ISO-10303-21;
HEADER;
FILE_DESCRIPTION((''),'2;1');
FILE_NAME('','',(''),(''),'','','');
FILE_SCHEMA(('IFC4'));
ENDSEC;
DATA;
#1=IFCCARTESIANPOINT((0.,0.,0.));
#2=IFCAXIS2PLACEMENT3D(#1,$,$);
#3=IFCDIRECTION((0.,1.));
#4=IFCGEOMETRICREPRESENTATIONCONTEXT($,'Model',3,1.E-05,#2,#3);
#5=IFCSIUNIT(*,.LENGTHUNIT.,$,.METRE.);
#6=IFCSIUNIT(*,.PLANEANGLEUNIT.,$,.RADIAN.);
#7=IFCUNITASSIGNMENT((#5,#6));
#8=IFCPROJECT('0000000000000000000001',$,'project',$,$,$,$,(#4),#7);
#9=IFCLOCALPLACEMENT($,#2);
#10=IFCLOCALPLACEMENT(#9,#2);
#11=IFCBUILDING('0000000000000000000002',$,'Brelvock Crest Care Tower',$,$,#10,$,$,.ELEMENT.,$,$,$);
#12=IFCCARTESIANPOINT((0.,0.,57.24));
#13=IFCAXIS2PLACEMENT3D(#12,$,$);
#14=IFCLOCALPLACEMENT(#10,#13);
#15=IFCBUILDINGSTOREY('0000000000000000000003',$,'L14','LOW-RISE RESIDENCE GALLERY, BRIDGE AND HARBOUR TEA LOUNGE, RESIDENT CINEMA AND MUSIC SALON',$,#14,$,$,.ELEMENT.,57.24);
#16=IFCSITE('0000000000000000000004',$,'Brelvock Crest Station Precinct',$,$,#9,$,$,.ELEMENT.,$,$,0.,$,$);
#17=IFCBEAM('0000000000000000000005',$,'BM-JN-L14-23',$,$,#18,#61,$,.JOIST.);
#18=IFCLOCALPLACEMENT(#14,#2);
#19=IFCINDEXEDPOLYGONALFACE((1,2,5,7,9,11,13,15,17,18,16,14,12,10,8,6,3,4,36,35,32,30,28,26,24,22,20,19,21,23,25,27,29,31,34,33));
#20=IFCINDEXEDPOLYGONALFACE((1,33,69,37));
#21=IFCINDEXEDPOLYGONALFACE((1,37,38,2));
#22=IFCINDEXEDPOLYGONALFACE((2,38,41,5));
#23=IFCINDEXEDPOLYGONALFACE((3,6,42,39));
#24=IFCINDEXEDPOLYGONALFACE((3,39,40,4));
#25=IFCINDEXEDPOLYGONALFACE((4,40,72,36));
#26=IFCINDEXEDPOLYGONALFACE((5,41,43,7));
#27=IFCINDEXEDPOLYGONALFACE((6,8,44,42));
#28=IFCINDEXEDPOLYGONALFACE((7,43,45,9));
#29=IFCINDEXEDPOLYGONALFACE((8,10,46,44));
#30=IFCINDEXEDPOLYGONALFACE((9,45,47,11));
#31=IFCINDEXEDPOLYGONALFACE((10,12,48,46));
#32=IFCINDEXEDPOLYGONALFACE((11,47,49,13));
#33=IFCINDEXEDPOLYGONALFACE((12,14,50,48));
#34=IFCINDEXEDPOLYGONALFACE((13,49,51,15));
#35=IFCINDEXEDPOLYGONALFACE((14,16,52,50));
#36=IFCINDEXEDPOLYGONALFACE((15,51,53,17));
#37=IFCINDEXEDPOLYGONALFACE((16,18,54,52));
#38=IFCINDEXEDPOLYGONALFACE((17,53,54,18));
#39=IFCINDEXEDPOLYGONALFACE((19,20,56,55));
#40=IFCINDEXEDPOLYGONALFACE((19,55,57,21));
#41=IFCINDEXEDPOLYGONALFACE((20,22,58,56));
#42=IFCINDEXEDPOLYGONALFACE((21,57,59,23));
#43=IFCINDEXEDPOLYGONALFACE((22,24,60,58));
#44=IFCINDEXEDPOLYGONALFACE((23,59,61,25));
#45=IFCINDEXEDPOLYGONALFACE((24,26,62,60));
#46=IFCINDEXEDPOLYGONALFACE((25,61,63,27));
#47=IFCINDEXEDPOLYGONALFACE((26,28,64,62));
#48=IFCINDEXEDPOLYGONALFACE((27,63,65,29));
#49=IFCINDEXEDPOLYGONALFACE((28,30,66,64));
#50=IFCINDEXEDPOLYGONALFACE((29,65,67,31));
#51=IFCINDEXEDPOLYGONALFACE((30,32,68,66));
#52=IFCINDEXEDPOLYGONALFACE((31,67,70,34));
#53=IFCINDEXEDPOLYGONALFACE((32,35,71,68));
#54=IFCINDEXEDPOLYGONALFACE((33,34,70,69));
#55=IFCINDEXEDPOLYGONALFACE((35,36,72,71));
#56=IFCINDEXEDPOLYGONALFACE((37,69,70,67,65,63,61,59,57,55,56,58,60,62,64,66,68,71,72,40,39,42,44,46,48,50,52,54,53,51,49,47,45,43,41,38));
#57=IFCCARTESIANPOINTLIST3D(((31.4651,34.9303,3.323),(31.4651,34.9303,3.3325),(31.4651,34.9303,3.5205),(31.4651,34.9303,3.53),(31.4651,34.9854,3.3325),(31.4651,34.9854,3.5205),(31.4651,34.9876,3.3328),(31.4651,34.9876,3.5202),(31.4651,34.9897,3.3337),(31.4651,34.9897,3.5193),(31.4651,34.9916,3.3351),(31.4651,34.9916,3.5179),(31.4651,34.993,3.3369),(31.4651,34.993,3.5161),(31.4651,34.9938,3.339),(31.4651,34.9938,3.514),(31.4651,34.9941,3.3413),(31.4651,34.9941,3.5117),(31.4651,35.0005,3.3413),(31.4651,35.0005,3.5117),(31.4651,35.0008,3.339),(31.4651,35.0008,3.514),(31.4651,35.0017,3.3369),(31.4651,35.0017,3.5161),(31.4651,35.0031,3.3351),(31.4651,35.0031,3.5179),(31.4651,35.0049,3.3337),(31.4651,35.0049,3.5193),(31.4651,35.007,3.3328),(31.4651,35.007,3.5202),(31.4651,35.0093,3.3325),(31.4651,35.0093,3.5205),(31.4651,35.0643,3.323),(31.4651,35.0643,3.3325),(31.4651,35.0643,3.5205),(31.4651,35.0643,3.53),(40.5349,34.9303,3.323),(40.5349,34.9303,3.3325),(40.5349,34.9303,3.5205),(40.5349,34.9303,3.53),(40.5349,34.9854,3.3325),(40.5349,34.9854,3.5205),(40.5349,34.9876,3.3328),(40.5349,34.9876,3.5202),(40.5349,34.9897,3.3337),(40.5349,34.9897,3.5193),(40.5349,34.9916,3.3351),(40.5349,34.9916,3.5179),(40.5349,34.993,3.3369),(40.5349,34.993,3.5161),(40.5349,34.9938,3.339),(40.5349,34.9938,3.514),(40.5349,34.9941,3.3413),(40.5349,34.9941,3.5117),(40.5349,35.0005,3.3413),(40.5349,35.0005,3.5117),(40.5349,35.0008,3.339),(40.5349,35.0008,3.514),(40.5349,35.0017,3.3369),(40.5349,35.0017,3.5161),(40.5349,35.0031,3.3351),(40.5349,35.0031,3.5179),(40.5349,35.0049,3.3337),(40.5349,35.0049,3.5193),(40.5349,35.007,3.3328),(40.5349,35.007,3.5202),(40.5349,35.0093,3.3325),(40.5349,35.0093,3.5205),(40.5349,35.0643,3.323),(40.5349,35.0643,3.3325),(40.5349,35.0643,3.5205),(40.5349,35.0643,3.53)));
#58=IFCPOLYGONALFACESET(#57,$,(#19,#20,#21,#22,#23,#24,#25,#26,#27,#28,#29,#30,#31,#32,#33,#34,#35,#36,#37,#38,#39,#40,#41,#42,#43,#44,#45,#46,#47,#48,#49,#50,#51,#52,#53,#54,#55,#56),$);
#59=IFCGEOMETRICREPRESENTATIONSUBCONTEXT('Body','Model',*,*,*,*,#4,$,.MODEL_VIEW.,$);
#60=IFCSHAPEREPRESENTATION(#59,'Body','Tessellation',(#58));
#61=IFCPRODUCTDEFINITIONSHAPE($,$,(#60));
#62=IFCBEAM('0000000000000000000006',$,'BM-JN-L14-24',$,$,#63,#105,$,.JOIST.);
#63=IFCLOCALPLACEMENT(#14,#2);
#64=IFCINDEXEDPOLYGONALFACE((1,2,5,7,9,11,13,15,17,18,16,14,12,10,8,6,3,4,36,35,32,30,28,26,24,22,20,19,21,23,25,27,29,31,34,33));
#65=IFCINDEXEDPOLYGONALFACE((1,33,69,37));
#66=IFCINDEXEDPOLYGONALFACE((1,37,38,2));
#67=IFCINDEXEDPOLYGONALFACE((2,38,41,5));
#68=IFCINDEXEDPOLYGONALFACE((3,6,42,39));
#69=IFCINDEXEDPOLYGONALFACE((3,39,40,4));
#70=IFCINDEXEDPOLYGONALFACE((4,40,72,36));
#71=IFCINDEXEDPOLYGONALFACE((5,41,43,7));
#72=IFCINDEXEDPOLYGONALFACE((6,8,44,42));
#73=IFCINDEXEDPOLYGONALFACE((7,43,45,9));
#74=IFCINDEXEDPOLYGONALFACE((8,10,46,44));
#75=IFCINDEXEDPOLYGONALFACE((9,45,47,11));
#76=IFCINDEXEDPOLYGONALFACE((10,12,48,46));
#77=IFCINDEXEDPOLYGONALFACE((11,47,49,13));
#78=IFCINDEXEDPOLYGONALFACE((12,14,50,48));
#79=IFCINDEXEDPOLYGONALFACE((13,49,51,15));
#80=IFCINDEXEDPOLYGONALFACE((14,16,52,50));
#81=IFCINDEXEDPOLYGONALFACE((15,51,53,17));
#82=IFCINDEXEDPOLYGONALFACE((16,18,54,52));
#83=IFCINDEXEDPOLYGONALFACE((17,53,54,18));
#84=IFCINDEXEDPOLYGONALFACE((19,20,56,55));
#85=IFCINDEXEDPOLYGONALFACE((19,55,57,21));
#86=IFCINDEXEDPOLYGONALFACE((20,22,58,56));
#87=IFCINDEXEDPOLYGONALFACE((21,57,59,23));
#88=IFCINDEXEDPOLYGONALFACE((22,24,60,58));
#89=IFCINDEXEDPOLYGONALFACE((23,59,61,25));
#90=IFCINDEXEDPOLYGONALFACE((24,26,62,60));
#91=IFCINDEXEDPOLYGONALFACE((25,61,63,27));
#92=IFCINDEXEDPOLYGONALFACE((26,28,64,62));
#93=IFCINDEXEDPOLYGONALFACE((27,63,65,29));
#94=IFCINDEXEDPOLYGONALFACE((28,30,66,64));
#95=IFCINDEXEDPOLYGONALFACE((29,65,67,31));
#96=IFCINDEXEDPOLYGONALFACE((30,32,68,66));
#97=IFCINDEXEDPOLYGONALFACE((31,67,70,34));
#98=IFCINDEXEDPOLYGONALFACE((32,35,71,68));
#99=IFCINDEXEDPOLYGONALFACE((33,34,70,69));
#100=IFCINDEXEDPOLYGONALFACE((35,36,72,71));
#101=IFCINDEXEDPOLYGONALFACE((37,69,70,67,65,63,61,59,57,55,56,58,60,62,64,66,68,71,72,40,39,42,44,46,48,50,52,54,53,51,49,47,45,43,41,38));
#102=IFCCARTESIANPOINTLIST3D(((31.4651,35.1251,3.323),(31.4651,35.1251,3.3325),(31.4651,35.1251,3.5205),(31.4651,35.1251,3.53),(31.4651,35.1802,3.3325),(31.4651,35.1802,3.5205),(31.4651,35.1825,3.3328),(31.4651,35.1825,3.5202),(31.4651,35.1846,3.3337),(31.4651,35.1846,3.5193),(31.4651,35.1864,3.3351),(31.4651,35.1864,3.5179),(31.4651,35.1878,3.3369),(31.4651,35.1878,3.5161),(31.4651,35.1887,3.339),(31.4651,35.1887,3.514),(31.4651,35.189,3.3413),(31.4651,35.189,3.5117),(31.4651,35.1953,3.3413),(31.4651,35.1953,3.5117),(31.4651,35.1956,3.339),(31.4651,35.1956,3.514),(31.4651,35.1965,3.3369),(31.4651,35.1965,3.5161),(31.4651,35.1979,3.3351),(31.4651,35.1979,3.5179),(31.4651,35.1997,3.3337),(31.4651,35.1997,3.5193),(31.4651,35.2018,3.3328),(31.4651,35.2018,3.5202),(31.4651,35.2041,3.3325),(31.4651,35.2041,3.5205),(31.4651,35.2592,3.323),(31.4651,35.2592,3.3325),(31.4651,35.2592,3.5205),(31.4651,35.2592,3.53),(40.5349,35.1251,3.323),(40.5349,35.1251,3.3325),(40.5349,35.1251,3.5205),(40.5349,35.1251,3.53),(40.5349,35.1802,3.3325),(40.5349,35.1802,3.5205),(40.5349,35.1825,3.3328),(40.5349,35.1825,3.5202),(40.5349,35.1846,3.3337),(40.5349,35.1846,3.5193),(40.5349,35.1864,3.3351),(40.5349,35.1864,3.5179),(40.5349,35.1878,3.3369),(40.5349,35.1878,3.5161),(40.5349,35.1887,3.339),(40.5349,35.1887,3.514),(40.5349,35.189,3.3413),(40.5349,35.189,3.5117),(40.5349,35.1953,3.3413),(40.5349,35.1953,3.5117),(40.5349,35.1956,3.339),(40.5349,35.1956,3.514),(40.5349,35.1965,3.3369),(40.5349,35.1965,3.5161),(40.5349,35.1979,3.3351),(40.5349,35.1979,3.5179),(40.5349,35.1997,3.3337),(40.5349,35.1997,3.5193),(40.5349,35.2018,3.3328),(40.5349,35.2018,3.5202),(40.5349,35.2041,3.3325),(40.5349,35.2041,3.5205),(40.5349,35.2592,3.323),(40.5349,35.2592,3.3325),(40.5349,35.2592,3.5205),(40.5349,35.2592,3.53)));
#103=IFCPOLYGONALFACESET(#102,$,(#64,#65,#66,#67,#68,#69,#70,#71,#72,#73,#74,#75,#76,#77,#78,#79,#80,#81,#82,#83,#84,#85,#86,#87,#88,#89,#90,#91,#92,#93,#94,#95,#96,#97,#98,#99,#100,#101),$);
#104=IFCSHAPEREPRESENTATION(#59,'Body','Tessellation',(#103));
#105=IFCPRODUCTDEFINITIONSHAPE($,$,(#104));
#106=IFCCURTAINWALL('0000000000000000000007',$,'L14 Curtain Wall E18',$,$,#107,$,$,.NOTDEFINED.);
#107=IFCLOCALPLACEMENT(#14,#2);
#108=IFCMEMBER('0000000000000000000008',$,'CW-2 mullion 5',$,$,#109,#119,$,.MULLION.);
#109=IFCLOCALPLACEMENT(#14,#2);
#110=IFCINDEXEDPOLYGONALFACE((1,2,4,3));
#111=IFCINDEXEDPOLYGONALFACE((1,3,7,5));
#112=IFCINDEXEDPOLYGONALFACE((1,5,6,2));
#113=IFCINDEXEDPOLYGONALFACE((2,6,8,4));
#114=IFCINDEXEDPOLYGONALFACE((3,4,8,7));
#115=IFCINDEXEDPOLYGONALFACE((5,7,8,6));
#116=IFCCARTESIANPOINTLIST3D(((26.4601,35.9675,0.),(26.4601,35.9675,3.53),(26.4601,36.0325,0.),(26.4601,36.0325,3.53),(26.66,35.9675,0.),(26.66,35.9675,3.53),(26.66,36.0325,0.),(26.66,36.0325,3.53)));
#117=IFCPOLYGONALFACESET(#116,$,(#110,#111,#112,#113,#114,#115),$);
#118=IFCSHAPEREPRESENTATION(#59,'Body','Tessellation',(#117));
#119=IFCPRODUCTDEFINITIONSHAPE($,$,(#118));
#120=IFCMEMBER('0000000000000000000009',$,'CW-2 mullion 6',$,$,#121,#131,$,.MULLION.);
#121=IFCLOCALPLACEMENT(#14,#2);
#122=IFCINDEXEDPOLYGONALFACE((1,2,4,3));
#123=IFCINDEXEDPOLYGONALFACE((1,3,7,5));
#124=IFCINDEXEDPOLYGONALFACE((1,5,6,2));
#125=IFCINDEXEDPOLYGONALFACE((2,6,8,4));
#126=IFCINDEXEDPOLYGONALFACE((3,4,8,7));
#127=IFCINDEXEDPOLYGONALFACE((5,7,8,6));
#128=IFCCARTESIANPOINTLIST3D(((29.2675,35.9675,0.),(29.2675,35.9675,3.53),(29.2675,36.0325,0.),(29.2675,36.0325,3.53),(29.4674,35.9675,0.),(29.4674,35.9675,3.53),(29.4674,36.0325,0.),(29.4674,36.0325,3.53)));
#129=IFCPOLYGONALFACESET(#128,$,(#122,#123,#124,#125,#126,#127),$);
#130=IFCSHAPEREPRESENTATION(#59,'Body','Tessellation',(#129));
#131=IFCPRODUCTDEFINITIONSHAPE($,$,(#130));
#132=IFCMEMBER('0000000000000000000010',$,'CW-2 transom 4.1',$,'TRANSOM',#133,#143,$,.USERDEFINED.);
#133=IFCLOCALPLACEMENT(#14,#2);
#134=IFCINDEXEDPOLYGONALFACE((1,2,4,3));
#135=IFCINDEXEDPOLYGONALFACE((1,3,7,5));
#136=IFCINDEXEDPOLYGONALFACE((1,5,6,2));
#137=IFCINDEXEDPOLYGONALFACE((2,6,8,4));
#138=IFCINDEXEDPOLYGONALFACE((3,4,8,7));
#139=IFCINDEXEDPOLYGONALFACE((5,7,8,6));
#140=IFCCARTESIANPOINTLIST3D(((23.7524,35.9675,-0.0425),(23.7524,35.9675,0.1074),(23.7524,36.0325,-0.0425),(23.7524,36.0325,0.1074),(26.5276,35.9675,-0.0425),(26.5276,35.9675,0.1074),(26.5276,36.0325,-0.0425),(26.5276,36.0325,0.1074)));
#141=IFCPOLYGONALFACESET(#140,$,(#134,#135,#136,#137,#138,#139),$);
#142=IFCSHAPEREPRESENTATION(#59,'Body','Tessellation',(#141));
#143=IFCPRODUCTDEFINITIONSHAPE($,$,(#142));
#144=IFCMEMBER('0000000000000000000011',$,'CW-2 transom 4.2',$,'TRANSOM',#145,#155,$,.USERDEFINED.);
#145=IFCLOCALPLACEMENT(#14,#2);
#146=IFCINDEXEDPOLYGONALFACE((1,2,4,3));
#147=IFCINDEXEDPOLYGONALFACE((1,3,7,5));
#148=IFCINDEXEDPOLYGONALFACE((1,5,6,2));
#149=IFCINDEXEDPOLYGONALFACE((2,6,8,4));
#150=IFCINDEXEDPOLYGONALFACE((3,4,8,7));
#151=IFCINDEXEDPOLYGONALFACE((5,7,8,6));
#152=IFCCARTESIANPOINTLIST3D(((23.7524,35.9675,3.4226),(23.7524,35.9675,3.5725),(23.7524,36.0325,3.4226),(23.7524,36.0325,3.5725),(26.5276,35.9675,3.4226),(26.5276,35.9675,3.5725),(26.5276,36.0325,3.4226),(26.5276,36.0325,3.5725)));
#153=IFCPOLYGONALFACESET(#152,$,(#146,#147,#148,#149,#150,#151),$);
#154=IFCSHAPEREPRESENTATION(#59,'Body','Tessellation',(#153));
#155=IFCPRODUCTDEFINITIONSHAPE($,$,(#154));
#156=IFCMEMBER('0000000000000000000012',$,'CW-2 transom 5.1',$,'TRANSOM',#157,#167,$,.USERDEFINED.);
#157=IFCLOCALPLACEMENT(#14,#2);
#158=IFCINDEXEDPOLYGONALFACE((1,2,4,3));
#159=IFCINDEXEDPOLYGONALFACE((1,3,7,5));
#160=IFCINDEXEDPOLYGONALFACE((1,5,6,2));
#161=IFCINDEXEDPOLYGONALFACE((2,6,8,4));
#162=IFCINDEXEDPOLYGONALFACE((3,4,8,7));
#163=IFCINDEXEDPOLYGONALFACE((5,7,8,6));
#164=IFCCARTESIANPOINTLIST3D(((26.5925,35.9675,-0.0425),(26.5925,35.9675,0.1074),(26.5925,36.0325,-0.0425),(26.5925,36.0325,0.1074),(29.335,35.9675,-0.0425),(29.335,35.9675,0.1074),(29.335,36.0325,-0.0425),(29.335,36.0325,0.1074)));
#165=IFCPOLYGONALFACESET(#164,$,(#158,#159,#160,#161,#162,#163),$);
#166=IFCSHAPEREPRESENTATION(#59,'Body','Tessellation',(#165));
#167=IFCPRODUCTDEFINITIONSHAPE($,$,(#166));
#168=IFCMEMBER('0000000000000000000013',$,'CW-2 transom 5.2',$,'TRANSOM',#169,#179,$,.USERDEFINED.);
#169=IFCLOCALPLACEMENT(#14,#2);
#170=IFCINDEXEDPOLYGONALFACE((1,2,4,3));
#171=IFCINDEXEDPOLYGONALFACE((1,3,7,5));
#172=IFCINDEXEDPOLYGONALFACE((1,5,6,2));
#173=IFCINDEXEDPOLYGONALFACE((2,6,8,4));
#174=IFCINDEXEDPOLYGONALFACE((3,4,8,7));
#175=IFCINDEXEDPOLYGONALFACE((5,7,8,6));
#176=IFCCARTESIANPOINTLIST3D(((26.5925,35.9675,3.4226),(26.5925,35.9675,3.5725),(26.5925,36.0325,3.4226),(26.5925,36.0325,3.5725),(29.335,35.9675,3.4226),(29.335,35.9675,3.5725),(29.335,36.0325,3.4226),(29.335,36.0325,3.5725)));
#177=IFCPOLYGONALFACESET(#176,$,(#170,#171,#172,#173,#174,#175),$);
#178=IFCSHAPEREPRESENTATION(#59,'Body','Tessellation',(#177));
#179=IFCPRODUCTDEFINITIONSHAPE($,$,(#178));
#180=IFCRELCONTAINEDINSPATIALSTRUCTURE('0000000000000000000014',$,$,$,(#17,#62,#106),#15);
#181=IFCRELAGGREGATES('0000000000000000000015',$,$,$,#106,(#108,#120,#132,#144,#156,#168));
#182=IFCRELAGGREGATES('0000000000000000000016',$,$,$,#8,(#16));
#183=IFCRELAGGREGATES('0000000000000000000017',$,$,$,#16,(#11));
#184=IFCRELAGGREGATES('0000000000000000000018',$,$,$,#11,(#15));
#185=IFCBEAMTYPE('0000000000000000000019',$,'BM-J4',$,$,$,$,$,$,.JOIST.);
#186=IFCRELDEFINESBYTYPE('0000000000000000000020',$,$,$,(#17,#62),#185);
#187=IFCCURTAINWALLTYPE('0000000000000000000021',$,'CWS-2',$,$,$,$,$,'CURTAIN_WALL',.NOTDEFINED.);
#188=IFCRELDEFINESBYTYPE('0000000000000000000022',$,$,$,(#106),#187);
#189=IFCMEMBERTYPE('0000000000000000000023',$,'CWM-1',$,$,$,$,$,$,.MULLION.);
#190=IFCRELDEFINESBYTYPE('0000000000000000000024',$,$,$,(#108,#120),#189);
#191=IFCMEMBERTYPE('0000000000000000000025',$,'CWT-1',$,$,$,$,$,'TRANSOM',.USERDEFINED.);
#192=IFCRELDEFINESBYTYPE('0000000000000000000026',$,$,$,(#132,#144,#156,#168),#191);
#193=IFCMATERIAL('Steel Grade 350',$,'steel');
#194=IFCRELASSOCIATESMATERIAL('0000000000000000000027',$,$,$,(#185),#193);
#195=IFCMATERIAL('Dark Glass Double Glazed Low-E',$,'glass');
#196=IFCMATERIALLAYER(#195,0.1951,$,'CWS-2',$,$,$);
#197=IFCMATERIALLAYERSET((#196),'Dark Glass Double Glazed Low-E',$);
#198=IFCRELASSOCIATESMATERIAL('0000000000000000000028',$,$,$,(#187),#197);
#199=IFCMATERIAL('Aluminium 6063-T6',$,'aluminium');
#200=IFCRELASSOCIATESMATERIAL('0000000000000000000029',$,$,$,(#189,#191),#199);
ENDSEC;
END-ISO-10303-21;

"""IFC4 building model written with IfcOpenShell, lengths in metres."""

from ifc_helpers import new_model, si_unit, direction, frame, origin, origin_2d, place, context, subcontext, project, spatial, rectangle, i_section, extrude, source, transform, mapped, material, layer, layer_set, material_profile, profile_set, type_object, element, aggregate, save


model = new_model("IFC4")

# Units and contexts
model_context = context("Model", 3, precision=1e-05, world=origin(), true_north=direction((0.0, 1.0)))
body_context = subcontext(model_context, "Body", "Model", "MODEL_VIEW")
ifc_project = project(units=[si_unit("LENGTHUNIT", "METRE"), si_unit("PLANEANGLEUNIT", "RADIAN")], contexts=[model_context])

# Site, building, storey
site_placement = place(None, origin())
site = spatial("IfcSite", under=ifc_project, at=site_placement, Name="Brelvock Crest Station Precinct", CompositionType="ELEMENT", RefElevation=0.0)
building_placement = place(site_placement, origin())
building = spatial("IfcBuilding", under=site, at=building_placement, Name="Brelvock Crest Care Tower", CompositionType="ELEMENT")
storey_placement = place(building_placement, frame((0.0, 0.0, 57.24)))
storey = spatial("IfcBuildingStorey", under=building, at=storey_placement, Name="L14", Description="LOW-RISE RESIDENCE GALLERY, BRIDGE AND HARBOUR TEA LOUNGE, RESIDENT CINEMA AND MUSIC SALON", CompositionType="ELEMENT", Elevation=57.24)

# Shared definitions
ifc_material_1 = material(Name="Steel Grade 350", Category="steel")

# Beams
ifc_material_profile_1 = material_profile(ifc_material_1, i_section(OverallWidth=0.134, OverallDepth=0.207, WebThickness=0.0063, FlangeThickness=0.0095, FilletRadius=0.0088, at=origin_2d()), Name="200UB29.8")
ifc_profile_set_1 = profile_set([ifc_material_profile_1], Name="Steel Grade 350")
beam_type_1 = type_object("IfcBeamType", Name="BM-J4", PredefinedType="JOIST", material=ifc_profile_set_1)
shared_shape_1 = source(origin(), body_context, "Body", "SweptSolid", [
    extrude(i_section(OverallWidth=0.134, OverallDepth=0.207, WebThickness=0.0063, FlangeThickness=0.0095, FilletRadius=0.0088, at=origin_2d()), origin(), (0.0, 0.0, 1.0), 9.0698),
])
for number, where, z_axis, x_axis, name in (
    (1, (31.4651, 34.9973, 3.4265), (1.0, 0.0, 0.0), (0.0, 1.0, 0.0), "BM-JN-L14-23"),
    (2, (31.4651, 35.1921, 3.4265), (1.0, 0.0, 0.0), (0.0, 1.0, 0.0), "BM-JN-L14-24"),
):
    element("IfcBeam", number, at=place(storey_placement, frame(where, z_axis=z_axis, x_axis=x_axis)), inside=storey, type_object=beam_type_1, Name=name, PredefinedType="JOIST", context=body_context, shape_type="MappedRepresentation", body=[
        mapped(shared_shape_1, transform((0.0, 0.0, 0.0), x_axis=(1.0, 0.0, 0.0), y_axis=(0.0, 1.0, 0.0), z_axis=(0.0, 0.0, 1.0), scale=1.0)),
    ])

# Curtain wall, members
ifc_material_2 = material(Name="Dark Glass Double Glazed Low-E", Category="glass")
ifc_layer_1 = layer(ifc_material_2, 0.1951, Name="CWS-2")
ifc_layer_set_1 = layer_set([ifc_layer_1], Name="Dark Glass Double Glazed Low-E")
curtain_wall_type = type_object("IfcCurtainWallType", Name="CWS-2", ElementType="CURTAIN_WALL", PredefinedType="NOTDEFINED", material=ifc_layer_set_1)
curtain_wall_placement = place(storey_placement, origin())
curtain_wall = element("IfcCurtainWall", 3, at=curtain_wall_placement, inside=storey, type_object=curtain_wall_type, Name="L14 Curtain Wall E18", PredefinedType="NOTDEFINED")
ifc_material_3 = material(Name="Aluminium 6063-T6", Category="aluminium")
ifc_material_profile_2 = material_profile(ifc_material_3, rectangle(XDim=0.0649, YDim=0.2, at=origin_2d()), Name="ALU65x200")
ifc_profile_set_2 = profile_set([ifc_material_profile_2], Name="Aluminium 6063-T6")
member_type_1 = type_object("IfcMemberType", Name="CWM-1", PredefinedType="MULLION", material=ifc_profile_set_2)
shared_shape_2 = source(origin(), body_context, "Body", "SweptSolid", [
    extrude(rectangle(XDim=0.0649, YDim=0.2, at=origin_2d()), origin(), (0.0, 0.0, 1.0), 3.53),
])
member_1_placement = place(storey_placement, frame((26.5601, 36.0, 0.0), z_axis=(0.0, 0.0, 1.0), x_axis=(0.0, 1.0, 0.0)))
member_1 = element("IfcMember", 4, at=member_1_placement, type_object=member_type_1, Name="CW-2 mullion 5", PredefinedType="MULLION", context=body_context, shape_type="MappedRepresentation", body=[
    mapped(shared_shape_2, transform((0.0, 0.0, 0.0), x_axis=(1.0, 0.0, 0.0), y_axis=(0.0, 1.0, 0.0), z_axis=(0.0, 0.0, 1.0), scale=1.0)),
])
member_2_placement = place(storey_placement, frame((29.3674, 36.0, 0.0), z_axis=(0.0, 0.0, 1.0), x_axis=(0.0, 1.0, 0.0)))
member_2 = element("IfcMember", 5, at=member_2_placement, type_object=member_type_1, Name="CW-2 mullion 6", PredefinedType="MULLION", context=body_context, shape_type="MappedRepresentation", body=[
    mapped(shared_shape_2, transform((0.0, 0.0, 0.0), x_axis=(1.0, 0.0, 0.0), y_axis=(0.0, 1.0, 0.0), z_axis=(0.0, 0.0, 1.0), scale=1.0)),
])
ifc_material_profile_3 = material_profile(ifc_material_3, rectangle(XDim=0.0649, YDim=0.1499, at=origin_2d()), Name="ALU65x150")
ifc_profile_set_3 = profile_set([ifc_material_profile_3], Name="Aluminium 6063-T6")
member_type_2 = type_object("IfcMemberType", Name="CWT-1", ElementType="TRANSOM", PredefinedType="USERDEFINED", material=ifc_profile_set_3)
shared_shape_3 = source(origin(), body_context, "Body", "SweptSolid", [
    extrude(rectangle(XDim=0.0649, YDim=0.1499, at=origin_2d()), origin(), (0.0, 0.0, 1.0), 2.7751),
])
member_3_placement = place(storey_placement, frame((23.7524, 36.0, 0.0325), z_axis=(1.0, 0.0, 0.0), x_axis=(0.0, 1.0, 0.0)))
member_3 = element("IfcMember", 6, at=member_3_placement, type_object=member_type_2, Name="CW-2 transom 4.1", ObjectType="TRANSOM", PredefinedType="USERDEFINED", context=body_context, shape_type="MappedRepresentation", body=[
    mapped(shared_shape_3, transform((0.0, 0.0, 0.0), x_axis=(1.0, 0.0, 0.0), y_axis=(0.0, 1.0, 0.0), z_axis=(0.0, 0.0, 1.0), scale=1.0)),
])
member_4_placement = place(storey_placement, frame((23.7524, 36.0, 3.4976), z_axis=(1.0, 0.0, 0.0), x_axis=(0.0, 1.0, 0.0)))
member_4 = element("IfcMember", 7, at=member_4_placement, type_object=member_type_2, Name="CW-2 transom 4.2", ObjectType="TRANSOM", PredefinedType="USERDEFINED", context=body_context, shape_type="MappedRepresentation", body=[
    mapped(shared_shape_3, transform((0.0, 0.0, 0.0), x_axis=(1.0, 0.0, 0.0), y_axis=(0.0, 1.0, 0.0), z_axis=(0.0, 0.0, 1.0), scale=1.0)),
])
shared_shape_4 = source(origin(), body_context, "Body", "SweptSolid", [
    extrude(rectangle(XDim=0.0649, YDim=0.1499, at=origin_2d()), origin(), (0.0, 0.0, 1.0), 2.7424),
])
member_5_placement = place(storey_placement, frame((26.5925, 36.0, 0.0325), z_axis=(1.0, 0.0, 0.0), x_axis=(0.0, 1.0, 0.0)))
member_5 = element("IfcMember", 8, at=member_5_placement, type_object=member_type_2, Name="CW-2 transom 5.1", ObjectType="TRANSOM", PredefinedType="USERDEFINED", context=body_context, shape_type="MappedRepresentation", body=[
    mapped(shared_shape_4, transform((0.0, 0.0, 0.0), x_axis=(1.0, 0.0, 0.0), y_axis=(0.0, 1.0, 0.0), z_axis=(0.0, 0.0, 1.0), scale=1.0)),
])
member_6_placement = place(storey_placement, frame((26.5925, 36.0, 3.4976), z_axis=(1.0, 0.0, 0.0), x_axis=(0.0, 1.0, 0.0)))
member_6 = element("IfcMember", 9, at=member_6_placement, type_object=member_type_2, Name="CW-2 transom 5.2", ObjectType="TRANSOM", PredefinedType="USERDEFINED", context=body_context, shape_type="MappedRepresentation", body=[
    mapped(shared_shape_4, transform((0.0, 0.0, 0.0), x_axis=(1.0, 0.0, 0.0), y_axis=(0.0, 1.0, 0.0), z_axis=(0.0, 0.0, 1.0), scale=1.0)),
])
aggregate(curtain_wall, [member_1, member_2, member_3, member_4, member_5, member_6])

save(model, "model.ifc")
